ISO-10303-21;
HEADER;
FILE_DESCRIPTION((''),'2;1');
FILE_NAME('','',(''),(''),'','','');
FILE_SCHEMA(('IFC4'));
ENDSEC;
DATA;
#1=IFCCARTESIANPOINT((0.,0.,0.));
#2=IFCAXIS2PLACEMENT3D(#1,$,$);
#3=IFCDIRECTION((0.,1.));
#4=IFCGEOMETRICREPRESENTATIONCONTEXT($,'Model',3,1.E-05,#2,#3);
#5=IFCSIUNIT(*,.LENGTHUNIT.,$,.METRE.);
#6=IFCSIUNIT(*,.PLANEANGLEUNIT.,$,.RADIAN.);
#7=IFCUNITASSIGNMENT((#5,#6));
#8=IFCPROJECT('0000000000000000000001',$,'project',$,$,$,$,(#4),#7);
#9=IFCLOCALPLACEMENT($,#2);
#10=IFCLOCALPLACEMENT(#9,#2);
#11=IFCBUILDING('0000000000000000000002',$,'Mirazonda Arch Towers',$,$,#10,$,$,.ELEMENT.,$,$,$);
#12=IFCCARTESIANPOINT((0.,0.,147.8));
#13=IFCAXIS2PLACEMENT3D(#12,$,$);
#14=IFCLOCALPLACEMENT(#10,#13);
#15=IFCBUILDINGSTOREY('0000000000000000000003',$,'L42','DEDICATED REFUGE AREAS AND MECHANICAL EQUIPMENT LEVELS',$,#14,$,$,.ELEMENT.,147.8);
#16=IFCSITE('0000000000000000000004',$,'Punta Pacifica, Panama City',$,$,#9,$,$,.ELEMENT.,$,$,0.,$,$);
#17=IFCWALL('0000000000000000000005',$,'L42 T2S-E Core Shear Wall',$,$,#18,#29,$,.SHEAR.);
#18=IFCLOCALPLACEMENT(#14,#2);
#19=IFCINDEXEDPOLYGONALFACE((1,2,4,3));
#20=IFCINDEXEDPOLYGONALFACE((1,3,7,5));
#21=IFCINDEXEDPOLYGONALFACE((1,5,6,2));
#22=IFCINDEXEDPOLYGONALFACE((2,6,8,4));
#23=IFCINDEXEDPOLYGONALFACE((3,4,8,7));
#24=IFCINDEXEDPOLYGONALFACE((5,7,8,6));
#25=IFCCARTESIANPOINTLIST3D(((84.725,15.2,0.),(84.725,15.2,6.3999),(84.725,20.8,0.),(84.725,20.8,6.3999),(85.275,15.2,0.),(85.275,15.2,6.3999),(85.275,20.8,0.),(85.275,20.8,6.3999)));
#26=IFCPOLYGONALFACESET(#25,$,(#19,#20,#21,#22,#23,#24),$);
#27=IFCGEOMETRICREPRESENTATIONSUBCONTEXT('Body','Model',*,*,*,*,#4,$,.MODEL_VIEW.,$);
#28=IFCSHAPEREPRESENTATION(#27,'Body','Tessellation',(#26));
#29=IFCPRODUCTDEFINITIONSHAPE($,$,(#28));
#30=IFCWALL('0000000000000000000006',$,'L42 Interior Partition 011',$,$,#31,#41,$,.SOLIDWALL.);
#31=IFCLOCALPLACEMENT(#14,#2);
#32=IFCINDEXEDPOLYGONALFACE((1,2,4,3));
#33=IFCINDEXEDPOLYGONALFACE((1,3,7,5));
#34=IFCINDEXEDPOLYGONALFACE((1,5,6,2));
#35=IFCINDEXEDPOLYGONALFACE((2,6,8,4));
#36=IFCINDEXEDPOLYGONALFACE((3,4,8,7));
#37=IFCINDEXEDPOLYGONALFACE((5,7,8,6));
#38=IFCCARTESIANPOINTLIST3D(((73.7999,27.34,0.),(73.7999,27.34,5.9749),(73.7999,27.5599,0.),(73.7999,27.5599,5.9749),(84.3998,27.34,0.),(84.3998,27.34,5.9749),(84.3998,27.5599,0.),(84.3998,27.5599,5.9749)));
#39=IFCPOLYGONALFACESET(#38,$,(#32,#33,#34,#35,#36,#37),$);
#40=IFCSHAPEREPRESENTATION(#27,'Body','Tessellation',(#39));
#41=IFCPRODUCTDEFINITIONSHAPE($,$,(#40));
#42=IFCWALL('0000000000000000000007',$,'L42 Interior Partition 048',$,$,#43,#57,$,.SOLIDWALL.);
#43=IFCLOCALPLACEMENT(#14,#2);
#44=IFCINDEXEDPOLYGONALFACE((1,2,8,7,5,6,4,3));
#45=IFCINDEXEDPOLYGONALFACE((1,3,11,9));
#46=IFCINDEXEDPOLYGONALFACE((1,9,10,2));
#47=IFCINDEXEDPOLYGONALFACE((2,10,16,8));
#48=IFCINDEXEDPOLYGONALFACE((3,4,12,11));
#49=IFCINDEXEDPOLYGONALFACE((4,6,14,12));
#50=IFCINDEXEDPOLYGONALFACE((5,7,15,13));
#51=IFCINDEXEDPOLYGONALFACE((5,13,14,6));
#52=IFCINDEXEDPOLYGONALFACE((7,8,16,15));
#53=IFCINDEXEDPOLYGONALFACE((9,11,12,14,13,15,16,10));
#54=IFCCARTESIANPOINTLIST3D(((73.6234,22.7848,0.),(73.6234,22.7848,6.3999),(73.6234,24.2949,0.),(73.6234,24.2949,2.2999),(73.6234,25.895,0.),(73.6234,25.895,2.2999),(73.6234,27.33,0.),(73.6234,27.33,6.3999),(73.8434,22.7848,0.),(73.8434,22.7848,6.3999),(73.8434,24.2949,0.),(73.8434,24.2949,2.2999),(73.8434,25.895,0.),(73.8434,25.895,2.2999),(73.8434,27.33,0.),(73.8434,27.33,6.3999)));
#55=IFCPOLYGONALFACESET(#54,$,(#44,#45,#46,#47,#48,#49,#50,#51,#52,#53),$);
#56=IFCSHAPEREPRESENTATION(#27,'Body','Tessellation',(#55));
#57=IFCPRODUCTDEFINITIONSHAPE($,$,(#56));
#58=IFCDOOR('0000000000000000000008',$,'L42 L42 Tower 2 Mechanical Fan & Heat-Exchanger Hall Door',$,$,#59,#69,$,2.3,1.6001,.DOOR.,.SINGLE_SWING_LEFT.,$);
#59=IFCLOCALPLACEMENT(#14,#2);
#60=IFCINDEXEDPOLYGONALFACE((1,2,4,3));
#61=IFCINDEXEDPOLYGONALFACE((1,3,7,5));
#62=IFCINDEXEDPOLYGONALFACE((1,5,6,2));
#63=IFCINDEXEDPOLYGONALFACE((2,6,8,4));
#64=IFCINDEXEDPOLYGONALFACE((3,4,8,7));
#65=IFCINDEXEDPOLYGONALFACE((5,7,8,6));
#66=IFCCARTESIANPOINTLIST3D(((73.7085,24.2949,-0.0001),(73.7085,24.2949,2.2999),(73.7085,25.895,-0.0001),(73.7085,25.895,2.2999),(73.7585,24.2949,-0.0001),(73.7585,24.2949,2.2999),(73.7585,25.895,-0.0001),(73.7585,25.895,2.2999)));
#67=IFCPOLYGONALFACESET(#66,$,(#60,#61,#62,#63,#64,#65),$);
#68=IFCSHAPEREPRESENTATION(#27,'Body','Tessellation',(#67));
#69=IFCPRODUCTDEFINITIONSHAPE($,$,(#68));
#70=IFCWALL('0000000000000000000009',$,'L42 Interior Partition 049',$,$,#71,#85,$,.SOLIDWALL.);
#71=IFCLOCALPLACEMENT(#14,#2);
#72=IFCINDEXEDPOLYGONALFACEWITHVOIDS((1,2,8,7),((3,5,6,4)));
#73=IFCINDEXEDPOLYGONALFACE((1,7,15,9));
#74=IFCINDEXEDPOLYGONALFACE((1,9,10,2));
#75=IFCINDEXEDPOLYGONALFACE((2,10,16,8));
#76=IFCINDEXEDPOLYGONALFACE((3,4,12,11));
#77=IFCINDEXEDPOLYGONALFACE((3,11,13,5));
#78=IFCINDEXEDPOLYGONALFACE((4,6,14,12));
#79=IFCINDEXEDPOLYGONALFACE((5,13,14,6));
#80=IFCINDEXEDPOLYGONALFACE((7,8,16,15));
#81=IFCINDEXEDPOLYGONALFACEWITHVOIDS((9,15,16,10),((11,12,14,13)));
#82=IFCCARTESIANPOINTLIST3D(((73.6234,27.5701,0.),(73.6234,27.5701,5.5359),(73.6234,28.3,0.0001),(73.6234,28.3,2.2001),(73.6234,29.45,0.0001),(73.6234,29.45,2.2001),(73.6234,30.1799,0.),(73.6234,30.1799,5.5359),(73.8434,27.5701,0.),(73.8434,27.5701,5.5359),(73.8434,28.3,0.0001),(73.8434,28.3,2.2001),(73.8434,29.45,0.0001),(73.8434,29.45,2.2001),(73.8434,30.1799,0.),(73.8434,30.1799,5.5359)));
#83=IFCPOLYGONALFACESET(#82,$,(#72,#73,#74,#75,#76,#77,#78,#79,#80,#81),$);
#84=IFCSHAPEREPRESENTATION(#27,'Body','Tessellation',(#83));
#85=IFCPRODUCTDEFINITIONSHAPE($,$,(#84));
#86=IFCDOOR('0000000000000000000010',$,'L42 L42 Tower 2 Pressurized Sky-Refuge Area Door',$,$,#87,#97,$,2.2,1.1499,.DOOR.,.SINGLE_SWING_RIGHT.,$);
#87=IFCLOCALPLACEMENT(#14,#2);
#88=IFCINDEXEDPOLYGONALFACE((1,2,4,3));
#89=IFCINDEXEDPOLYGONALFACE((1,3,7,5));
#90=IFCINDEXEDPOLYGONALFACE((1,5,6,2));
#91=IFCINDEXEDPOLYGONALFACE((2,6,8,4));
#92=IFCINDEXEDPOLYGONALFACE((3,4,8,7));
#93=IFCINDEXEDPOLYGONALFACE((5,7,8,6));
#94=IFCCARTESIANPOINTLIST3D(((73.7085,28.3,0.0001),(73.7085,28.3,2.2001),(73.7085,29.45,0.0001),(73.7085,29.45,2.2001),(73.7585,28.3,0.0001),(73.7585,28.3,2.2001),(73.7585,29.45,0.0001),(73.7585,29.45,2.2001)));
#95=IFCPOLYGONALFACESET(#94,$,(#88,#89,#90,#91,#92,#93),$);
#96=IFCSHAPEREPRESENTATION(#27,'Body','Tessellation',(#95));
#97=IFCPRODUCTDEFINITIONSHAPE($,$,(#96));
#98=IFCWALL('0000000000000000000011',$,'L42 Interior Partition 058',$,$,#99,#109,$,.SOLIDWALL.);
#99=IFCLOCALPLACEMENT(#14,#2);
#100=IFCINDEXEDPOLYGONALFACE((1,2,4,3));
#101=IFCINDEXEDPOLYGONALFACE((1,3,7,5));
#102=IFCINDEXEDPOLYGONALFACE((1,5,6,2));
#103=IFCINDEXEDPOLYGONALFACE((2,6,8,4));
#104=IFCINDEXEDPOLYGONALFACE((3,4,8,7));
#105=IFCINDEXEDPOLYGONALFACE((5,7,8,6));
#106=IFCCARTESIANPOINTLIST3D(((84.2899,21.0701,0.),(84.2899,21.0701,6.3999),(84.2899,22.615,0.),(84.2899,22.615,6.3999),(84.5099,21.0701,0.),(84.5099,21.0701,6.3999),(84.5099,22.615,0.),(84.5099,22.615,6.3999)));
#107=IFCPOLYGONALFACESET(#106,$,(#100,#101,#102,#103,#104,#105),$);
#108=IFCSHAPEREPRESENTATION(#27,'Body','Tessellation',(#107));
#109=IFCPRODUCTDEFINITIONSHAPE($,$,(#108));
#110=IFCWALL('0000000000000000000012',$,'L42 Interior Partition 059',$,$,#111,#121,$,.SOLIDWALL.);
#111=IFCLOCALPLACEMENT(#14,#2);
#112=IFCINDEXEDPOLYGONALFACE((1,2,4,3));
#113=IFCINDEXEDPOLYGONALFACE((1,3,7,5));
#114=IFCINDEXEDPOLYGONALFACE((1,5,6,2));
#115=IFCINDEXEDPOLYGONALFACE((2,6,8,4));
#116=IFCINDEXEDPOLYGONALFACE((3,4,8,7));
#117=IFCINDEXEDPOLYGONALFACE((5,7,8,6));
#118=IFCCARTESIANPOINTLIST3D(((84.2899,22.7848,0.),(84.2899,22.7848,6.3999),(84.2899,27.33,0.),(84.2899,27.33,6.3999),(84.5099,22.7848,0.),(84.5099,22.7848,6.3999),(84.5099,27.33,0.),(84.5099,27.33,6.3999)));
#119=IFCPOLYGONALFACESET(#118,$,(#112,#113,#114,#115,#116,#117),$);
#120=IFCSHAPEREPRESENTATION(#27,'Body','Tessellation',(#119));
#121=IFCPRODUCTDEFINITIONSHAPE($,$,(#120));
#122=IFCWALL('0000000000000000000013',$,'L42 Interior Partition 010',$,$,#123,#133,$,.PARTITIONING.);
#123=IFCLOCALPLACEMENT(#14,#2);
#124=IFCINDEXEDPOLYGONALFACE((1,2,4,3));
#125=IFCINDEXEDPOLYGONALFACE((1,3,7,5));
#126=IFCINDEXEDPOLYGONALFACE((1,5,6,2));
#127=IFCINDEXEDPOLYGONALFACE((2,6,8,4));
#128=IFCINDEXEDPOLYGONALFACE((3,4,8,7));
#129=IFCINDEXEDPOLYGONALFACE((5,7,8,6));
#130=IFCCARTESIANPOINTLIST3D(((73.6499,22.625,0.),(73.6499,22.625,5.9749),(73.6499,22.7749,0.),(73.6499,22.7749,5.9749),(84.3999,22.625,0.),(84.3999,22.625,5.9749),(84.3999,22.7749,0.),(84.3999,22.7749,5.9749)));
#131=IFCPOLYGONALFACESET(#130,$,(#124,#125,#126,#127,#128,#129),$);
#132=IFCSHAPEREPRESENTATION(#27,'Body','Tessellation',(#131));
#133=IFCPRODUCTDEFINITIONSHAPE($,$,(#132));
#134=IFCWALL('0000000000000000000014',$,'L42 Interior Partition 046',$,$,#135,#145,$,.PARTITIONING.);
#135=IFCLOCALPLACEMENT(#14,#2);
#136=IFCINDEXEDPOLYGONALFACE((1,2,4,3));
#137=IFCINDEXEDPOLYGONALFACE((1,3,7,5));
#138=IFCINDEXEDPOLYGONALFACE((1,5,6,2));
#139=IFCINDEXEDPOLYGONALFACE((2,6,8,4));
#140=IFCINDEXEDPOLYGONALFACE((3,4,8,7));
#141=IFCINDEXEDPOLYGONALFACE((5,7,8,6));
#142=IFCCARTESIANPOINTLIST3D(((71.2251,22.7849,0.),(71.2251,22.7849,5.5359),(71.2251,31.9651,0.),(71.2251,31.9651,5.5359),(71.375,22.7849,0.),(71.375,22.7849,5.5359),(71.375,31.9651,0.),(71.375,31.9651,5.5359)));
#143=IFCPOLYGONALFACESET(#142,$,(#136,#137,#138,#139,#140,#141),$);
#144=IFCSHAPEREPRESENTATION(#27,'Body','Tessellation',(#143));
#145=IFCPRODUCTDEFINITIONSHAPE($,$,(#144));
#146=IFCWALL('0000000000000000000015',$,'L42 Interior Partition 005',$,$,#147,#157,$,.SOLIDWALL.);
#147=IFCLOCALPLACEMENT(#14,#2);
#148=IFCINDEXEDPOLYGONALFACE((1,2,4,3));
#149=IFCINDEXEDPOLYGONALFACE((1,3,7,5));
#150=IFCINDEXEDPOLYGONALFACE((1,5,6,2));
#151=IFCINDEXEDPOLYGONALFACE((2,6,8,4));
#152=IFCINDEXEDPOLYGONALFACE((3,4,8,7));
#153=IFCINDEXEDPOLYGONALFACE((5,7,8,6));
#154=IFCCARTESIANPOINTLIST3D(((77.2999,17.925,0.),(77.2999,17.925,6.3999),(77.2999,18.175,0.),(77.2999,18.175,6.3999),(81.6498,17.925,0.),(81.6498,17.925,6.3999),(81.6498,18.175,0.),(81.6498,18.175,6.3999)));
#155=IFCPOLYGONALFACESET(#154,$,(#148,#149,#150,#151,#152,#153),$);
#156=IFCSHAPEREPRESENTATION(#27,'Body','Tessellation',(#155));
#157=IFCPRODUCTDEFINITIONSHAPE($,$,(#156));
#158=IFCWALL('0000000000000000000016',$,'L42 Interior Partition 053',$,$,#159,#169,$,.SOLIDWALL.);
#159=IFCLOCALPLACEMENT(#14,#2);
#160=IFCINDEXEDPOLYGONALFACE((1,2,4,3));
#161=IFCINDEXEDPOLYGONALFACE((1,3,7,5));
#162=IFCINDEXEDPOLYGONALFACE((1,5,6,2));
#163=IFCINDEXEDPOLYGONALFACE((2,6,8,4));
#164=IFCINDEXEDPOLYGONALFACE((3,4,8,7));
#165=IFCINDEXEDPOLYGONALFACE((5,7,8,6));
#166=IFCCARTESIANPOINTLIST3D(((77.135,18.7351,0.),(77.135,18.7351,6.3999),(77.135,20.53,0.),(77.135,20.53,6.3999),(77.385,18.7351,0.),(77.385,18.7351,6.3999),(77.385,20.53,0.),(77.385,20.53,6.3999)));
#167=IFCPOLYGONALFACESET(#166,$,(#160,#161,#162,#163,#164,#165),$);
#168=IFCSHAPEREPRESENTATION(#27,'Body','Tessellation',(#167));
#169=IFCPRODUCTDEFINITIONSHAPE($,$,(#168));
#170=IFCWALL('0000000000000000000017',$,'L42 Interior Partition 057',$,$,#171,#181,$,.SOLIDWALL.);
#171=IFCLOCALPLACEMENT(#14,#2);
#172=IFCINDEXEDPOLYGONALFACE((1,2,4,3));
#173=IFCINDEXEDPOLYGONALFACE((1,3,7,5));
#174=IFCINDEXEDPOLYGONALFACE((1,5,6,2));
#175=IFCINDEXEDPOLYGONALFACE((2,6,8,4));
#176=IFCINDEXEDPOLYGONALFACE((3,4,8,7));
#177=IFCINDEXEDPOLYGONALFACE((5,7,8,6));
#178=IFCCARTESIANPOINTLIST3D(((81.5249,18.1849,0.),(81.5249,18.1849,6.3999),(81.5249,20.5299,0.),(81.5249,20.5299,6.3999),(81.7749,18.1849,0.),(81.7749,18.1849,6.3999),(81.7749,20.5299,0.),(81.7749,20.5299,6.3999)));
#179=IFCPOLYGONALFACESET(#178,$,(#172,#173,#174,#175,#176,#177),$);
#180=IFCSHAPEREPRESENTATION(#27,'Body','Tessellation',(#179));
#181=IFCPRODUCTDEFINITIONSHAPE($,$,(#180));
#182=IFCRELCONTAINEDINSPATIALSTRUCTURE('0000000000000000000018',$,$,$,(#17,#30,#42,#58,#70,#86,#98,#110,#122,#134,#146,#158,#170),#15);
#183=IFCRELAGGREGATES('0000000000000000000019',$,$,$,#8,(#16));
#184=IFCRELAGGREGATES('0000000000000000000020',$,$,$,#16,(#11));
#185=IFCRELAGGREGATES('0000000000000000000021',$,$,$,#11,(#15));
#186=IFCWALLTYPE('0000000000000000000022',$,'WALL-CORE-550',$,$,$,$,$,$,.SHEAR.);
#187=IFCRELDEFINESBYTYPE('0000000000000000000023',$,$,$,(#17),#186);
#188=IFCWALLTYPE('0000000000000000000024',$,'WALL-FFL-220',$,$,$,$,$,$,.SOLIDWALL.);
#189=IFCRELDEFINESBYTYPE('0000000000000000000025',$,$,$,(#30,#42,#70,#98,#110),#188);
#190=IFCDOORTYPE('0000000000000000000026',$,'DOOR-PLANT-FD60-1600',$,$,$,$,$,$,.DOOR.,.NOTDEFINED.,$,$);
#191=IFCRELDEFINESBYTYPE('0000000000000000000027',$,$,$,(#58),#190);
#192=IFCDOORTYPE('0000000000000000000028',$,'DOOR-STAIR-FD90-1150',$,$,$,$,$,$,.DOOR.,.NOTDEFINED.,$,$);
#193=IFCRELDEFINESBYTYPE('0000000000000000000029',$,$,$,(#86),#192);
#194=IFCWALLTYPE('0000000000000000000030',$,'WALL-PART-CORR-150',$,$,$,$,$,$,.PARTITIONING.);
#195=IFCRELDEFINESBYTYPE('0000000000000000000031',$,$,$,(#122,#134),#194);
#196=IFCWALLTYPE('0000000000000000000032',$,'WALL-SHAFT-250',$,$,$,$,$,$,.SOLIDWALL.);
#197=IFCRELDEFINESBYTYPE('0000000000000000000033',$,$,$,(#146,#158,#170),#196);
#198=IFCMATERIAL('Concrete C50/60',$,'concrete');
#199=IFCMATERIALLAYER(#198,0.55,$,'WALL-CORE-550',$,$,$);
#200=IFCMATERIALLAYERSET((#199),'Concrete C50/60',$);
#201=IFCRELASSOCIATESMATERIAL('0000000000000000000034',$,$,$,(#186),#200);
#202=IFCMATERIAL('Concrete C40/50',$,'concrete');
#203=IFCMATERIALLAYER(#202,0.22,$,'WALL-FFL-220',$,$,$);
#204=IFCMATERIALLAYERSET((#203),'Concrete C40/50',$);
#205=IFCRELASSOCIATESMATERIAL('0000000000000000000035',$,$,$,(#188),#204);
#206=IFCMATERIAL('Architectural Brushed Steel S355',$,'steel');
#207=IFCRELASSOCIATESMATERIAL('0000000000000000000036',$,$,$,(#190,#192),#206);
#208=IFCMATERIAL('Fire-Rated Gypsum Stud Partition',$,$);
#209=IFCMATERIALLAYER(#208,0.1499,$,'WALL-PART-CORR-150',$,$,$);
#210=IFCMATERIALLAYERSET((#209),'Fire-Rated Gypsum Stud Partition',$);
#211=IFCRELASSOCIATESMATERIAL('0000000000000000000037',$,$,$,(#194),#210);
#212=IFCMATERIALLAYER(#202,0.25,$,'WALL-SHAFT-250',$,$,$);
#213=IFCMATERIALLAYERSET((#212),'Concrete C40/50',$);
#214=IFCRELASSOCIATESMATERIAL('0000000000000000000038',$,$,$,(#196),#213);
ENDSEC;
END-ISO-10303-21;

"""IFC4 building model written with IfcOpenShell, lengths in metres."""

from ifc_helpers import new_model, si_unit, direction, frame, frame_2d, origin, place, context, subcontext, project, spatial, rectangle, extrude, material, layer, layer_set, type_object, element, fill, save


model = new_model("IFC4")

# Units and contexts
model_context = context("Model", 3, precision=1e-05, world=origin(), true_north=direction((0.0, 1.0)))
body_context = subcontext(model_context, "Body", "Model", "MODEL_VIEW")
ifc_project = project(units=[si_unit("LENGTHUNIT", "METRE"), si_unit("PLANEANGLEUNIT", "RADIAN")], contexts=[model_context])

# Site, building, storey
site_placement = place(None, origin())
site = spatial("IfcSite", under=ifc_project, at=site_placement, Name="Punta Pacifica, Panama City", CompositionType="ELEMENT", RefElevation=0.0)
building_placement = place(site_placement, origin())
building = spatial("IfcBuilding", under=site, at=building_placement, Name="Mirazonda Arch Towers", CompositionType="ELEMENT")
storey_placement = place(building_placement, frame((0.0, 0.0, 147.8)))
storey = spatial("IfcBuildingStorey", under=building, at=storey_placement, Name="L42", Description="DEDICATED REFUGE AREAS AND MECHANICAL EQUIPMENT LEVELS", CompositionType="ELEMENT", Elevation=147.8)

# Shared definitions
ifc_material_1 = material(Name="Concrete C50/60", Category="concrete")

# Walls
ifc_layer_1 = layer(ifc_material_1, 0.55, Name="WALL-CORE-550")
ifc_layer_set_1 = layer_set([ifc_layer_1], Name="Concrete C50/60")
wall_type_1 = type_object("IfcWallType", Name="WALL-CORE-550", PredefinedType="SHEAR", material=ifc_layer_set_1)
wall_1_placement = place(storey_placement, frame((85.0, 15.2, 0.0), z_axis=(0.0, 0.0, 1.0), x_axis=(0.0, 1.0, 0.0)))
element("IfcWall", 1, at=wall_1_placement, inside=storey, type_object=wall_type_1, Name="L42 T2S-E Core Shear Wall", PredefinedType="SHEAR", context=body_context, shape_type="SweptSolid", body=[
    extrude(rectangle(XDim=5.6001, YDim=0.55, at=frame_2d((2.8, 0.0))), origin(), (0.0, 0.0, 1.0), 6.3999),
])
ifc_material_2 = material(Name="Concrete C40/50", Category="concrete")
ifc_layer_2 = layer(ifc_material_2, 0.22, Name="WALL-FFL-220")
ifc_layer_set_2 = layer_set([ifc_layer_2], Name="Concrete C40/50")
wall_type_2 = type_object("IfcWallType", Name="WALL-FFL-220", PredefinedType="SOLIDWALL", material=ifc_layer_set_2)
wall_2_placement = place(storey_placement, frame((73.8, 27.45, 0.0), z_axis=(0.0, 0.0, 1.0), x_axis=(1.0, 0.0, 0.0)))
element("IfcWall", 2, at=wall_2_placement, inside=storey, type_object=wall_type_2, Name="L42 Interior Partition 011", PredefinedType="SOLIDWALL", context=body_context, shape_type="SweptSolid", body=[
    extrude(rectangle(XDim=10.5999, YDim=0.22, at=frame_2d((5.2998, 0.0))), origin(), (0.0, 0.0, 1.0), 5.9749),
])

# Walls, openings, doors
wall_3_placement = place(storey_placement, frame((73.7334, 22.7849, 0.0), z_axis=(0.0, 0.0, 1.0), x_axis=(0.0, 1.0, 0.0)))
wall_3 = element("IfcWall", 3, at=wall_3_placement, inside=storey, type_object=wall_type_2, Name="L42 Interior Partition 048", PredefinedType="SOLIDWALL", context=body_context, shape_type="SweptSolid", body=[
    extrude(rectangle(XDim=4.5452, YDim=0.22, at=frame_2d((2.2725, 0.0))), origin(), (0.0, 0.0, 1.0), 6.3999),
])
opening_1_placement = place(wall_3_placement, frame((1.51, 0.0, 0.0)))
opening_1 = element("IfcOpeningElement", 4, at=opening_1_placement, cuts=wall_3, PredefinedType="OPENING", context=body_context, shape_type="SweptSolid", body=[
    extrude(rectangle(XDim=1.6001, YDim=2.3, at=frame_2d((0.8, 1.1499))), frame((0.0, 0.1199, 0.0), z_axis=(0.0, -1.0, 0.0), x_axis=(1.0, 0.0, 0.0)), (0.0, 0.0, 1.0), 0.24),
])
ifc_material_3 = material(Name="Architectural Brushed Steel S355", Category="steel")
door_type_1 = type_object("IfcDoorType", Name="DOOR-PLANT-FD60-1600", OperationType="NOTDEFINED", PredefinedType="DOOR", material=ifc_material_3)
door_1_placement = place(opening_1_placement, origin())
door_1 = element("IfcDoor", 5, at=door_1_placement, inside=storey, type_object=door_type_1, Name="L42 L42 Tower 2 Mechanical Fan & Heat-Exchanger Hall Door", OperationType="SINGLE_SWING_LEFT", OverallHeight=2.3, OverallWidth=1.6001, PredefinedType="DOOR", context=body_context, shape_type="SweptSolid", body=[
    extrude(rectangle(XDim=1.6001, YDim=2.3, at=frame_2d((0.8, 1.1499))), frame((0.0, 0.0249, 0.0), z_axis=(0.0, -1.0, 0.0), x_axis=(1.0, 0.0, 0.0)), (0.0, 0.0, 1.0), 0.05),
])
fill(opening_1, door_1)
wall_4_placement = place(storey_placement, frame((73.7334, 27.5701, 0.0), z_axis=(0.0, 0.0, 1.0), x_axis=(0.0, 1.0, 0.0)))
wall_4 = element("IfcWall", 6, at=wall_4_placement, inside=storey, type_object=wall_type_2, Name="L42 Interior Partition 049", PredefinedType="SOLIDWALL", context=body_context, shape_type="SweptSolid", body=[
    extrude(rectangle(XDim=2.6099, YDim=0.22, at=frame_2d((1.3049, 0.0))), origin(), (0.0, 0.0, 1.0), 5.5359),
])
opening_2_placement = place(wall_4_placement, frame((0.73, 0.0, 0.0)))
opening_2 = element("IfcOpeningElement", 7, at=opening_2_placement, cuts=wall_4, PredefinedType="OPENING", context=body_context, shape_type="SweptSolid", body=[
    extrude(rectangle(XDim=1.1499, YDim=2.2, at=frame_2d((0.575, 1.1001))), frame((0.0, 0.1199, 0.0), z_axis=(0.0, -1.0, 0.0), x_axis=(1.0, 0.0, 0.0)), (0.0, 0.0, 1.0), 0.24),
])
door_type_2 = type_object("IfcDoorType", Name="DOOR-STAIR-FD90-1150", OperationType="NOTDEFINED", PredefinedType="DOOR", material=ifc_material_3)
door_2_placement = place(opening_2_placement, origin())
door_2 = element("IfcDoor", 8, at=door_2_placement, inside=storey, type_object=door_type_2, Name="L42 L42 Tower 2 Pressurized Sky-Refuge Area Door", OperationType="SINGLE_SWING_RIGHT", OverallHeight=2.2, OverallWidth=1.1499, PredefinedType="DOOR", context=body_context, shape_type="SweptSolid", body=[
    extrude(rectangle(XDim=1.1499, YDim=2.2, at=frame_2d((0.575, 1.1001))), frame((0.0, 0.0249, 0.0), z_axis=(0.0, -1.0, 0.0), x_axis=(1.0, 0.0, 0.0)), (0.0, 0.0, 1.0), 0.05),
])
fill(opening_2, door_2)

# Walls
wall_5_placement = place(storey_placement, frame((84.3999, 21.0701, 0.0), z_axis=(0.0, 0.0, 1.0), x_axis=(0.0, 1.0, 0.0)))
element("IfcWall", 9, at=wall_5_placement, inside=storey, type_object=wall_type_2, Name="L42 Interior Partition 058", PredefinedType="SOLIDWALL", context=body_context, shape_type="SweptSolid", body=[
    extrude(rectangle(XDim=1.5449, YDim=0.22, at=frame_2d((0.7725, 0.0))), origin(), (0.0, 0.0, 1.0), 6.3999),
])
wall_6_placement = place(storey_placement, frame((84.3999, 22.7849, 0.0), z_axis=(0.0, 0.0, 1.0), x_axis=(0.0, 1.0, 0.0)))
element("IfcWall", 10, at=wall_6_placement, inside=storey, type_object=wall_type_2, Name="L42 Interior Partition 059", PredefinedType="SOLIDWALL", context=body_context, shape_type="SweptSolid", body=[
    extrude(rectangle(XDim=4.5452, YDim=0.22, at=frame_2d((2.2725, 0.0))), origin(), (0.0, 0.0, 1.0), 6.3999),
])
ifc_material_4 = material(Name="Fire-Rated Gypsum Stud Partition")
ifc_layer_3 = layer(ifc_material_4, 0.1499, Name="WALL-PART-CORR-150")
ifc_layer_set_3 = layer_set([ifc_layer_3], Name="Fire-Rated Gypsum Stud Partition")
wall_type_3 = type_object("IfcWallType", Name="WALL-PART-CORR-150", PredefinedType="PARTITIONING", material=ifc_layer_set_3)
wall_7_placement = place(storey_placement, frame((73.6499, 22.7, 0.0), z_axis=(0.0, 0.0, 1.0), x_axis=(1.0, 0.0, 0.0)))
element("IfcWall", 11, at=wall_7_placement, inside=storey, type_object=wall_type_3, Name="L42 Interior Partition 010", PredefinedType="PARTITIONING", context=body_context, shape_type="SweptSolid", body=[
    extrude(rectangle(XDim=10.75, YDim=0.1499, at=frame_2d((5.375, 0.0))), origin(), (0.0, 0.0, 1.0), 5.9749),
])
wall_8_placement = place(storey_placement, frame((71.3, 22.7849, 0.0), z_axis=(0.0, 0.0, 1.0), x_axis=(0.0, 1.0, 0.0)))
element("IfcWall", 12, at=wall_8_placement, inside=storey, type_object=wall_type_3, Name="L42 Interior Partition 046", PredefinedType="PARTITIONING", context=body_context, shape_type="SweptSolid", body=[
    extrude(rectangle(XDim=9.1802, YDim=0.1499, at=frame_2d((4.5901, 0.0))), origin(), (0.0, 0.0, 1.0), 5.5359),
])
ifc_layer_4 = layer(ifc_material_2, 0.25, Name="WALL-SHAFT-250")
ifc_layer_set_4 = layer_set([ifc_layer_4], Name="Concrete C40/50")
wall_type_4 = type_object("IfcWallType", Name="WALL-SHAFT-250", PredefinedType="SOLIDWALL", material=ifc_layer_set_4)
wall_9_placement = place(storey_placement, frame((77.3, 18.05, 0.0), z_axis=(0.0, 0.0, 1.0), x_axis=(1.0, 0.0, 0.0)))
element("IfcWall", 13, at=wall_9_placement, inside=storey, type_object=wall_type_4, Name="L42 Interior Partition 005", PredefinedType="SOLIDWALL", context=body_context, shape_type="SweptSolid", body=[
    extrude(rectangle(XDim=4.3499, YDim=0.25, at=frame_2d((2.1748, 0.0))), origin(), (0.0, 0.0, 1.0), 6.3999),
])
wall_10_placement = place(storey_placement, frame((77.26, 18.7351, 0.0), z_axis=(0.0, 0.0, 1.0), x_axis=(0.0, 1.0, 0.0)))
element("IfcWall", 14, at=wall_10_placement, inside=storey, type_object=wall_type_4, Name="L42 Interior Partition 053", PredefinedType="SOLIDWALL", context=body_context, shape_type="SweptSolid", body=[
    extrude(rectangle(XDim=1.7949, YDim=0.25, at=frame_2d((0.8975, 0.0))), origin(), (0.0, 0.0, 1.0), 6.3999),
])
wall_11_placement = place(storey_placement, frame((81.6499, 18.1851, 0.0), z_axis=(0.0, 0.0, 1.0), x_axis=(0.0, 1.0, 0.0)))
element("IfcWall", 15, at=wall_11_placement, inside=storey, type_object=wall_type_4, Name="L42 Interior Partition 057", PredefinedType="SOLIDWALL", context=body_context, shape_type="SweptSolid", body=[
    extrude(rectangle(XDim=2.345, YDim=0.25, at=frame_2d((1.1724, 0.0))), origin(), (0.0, 0.0, 1.0), 6.3999),
])

save(model, "model.ifc")
